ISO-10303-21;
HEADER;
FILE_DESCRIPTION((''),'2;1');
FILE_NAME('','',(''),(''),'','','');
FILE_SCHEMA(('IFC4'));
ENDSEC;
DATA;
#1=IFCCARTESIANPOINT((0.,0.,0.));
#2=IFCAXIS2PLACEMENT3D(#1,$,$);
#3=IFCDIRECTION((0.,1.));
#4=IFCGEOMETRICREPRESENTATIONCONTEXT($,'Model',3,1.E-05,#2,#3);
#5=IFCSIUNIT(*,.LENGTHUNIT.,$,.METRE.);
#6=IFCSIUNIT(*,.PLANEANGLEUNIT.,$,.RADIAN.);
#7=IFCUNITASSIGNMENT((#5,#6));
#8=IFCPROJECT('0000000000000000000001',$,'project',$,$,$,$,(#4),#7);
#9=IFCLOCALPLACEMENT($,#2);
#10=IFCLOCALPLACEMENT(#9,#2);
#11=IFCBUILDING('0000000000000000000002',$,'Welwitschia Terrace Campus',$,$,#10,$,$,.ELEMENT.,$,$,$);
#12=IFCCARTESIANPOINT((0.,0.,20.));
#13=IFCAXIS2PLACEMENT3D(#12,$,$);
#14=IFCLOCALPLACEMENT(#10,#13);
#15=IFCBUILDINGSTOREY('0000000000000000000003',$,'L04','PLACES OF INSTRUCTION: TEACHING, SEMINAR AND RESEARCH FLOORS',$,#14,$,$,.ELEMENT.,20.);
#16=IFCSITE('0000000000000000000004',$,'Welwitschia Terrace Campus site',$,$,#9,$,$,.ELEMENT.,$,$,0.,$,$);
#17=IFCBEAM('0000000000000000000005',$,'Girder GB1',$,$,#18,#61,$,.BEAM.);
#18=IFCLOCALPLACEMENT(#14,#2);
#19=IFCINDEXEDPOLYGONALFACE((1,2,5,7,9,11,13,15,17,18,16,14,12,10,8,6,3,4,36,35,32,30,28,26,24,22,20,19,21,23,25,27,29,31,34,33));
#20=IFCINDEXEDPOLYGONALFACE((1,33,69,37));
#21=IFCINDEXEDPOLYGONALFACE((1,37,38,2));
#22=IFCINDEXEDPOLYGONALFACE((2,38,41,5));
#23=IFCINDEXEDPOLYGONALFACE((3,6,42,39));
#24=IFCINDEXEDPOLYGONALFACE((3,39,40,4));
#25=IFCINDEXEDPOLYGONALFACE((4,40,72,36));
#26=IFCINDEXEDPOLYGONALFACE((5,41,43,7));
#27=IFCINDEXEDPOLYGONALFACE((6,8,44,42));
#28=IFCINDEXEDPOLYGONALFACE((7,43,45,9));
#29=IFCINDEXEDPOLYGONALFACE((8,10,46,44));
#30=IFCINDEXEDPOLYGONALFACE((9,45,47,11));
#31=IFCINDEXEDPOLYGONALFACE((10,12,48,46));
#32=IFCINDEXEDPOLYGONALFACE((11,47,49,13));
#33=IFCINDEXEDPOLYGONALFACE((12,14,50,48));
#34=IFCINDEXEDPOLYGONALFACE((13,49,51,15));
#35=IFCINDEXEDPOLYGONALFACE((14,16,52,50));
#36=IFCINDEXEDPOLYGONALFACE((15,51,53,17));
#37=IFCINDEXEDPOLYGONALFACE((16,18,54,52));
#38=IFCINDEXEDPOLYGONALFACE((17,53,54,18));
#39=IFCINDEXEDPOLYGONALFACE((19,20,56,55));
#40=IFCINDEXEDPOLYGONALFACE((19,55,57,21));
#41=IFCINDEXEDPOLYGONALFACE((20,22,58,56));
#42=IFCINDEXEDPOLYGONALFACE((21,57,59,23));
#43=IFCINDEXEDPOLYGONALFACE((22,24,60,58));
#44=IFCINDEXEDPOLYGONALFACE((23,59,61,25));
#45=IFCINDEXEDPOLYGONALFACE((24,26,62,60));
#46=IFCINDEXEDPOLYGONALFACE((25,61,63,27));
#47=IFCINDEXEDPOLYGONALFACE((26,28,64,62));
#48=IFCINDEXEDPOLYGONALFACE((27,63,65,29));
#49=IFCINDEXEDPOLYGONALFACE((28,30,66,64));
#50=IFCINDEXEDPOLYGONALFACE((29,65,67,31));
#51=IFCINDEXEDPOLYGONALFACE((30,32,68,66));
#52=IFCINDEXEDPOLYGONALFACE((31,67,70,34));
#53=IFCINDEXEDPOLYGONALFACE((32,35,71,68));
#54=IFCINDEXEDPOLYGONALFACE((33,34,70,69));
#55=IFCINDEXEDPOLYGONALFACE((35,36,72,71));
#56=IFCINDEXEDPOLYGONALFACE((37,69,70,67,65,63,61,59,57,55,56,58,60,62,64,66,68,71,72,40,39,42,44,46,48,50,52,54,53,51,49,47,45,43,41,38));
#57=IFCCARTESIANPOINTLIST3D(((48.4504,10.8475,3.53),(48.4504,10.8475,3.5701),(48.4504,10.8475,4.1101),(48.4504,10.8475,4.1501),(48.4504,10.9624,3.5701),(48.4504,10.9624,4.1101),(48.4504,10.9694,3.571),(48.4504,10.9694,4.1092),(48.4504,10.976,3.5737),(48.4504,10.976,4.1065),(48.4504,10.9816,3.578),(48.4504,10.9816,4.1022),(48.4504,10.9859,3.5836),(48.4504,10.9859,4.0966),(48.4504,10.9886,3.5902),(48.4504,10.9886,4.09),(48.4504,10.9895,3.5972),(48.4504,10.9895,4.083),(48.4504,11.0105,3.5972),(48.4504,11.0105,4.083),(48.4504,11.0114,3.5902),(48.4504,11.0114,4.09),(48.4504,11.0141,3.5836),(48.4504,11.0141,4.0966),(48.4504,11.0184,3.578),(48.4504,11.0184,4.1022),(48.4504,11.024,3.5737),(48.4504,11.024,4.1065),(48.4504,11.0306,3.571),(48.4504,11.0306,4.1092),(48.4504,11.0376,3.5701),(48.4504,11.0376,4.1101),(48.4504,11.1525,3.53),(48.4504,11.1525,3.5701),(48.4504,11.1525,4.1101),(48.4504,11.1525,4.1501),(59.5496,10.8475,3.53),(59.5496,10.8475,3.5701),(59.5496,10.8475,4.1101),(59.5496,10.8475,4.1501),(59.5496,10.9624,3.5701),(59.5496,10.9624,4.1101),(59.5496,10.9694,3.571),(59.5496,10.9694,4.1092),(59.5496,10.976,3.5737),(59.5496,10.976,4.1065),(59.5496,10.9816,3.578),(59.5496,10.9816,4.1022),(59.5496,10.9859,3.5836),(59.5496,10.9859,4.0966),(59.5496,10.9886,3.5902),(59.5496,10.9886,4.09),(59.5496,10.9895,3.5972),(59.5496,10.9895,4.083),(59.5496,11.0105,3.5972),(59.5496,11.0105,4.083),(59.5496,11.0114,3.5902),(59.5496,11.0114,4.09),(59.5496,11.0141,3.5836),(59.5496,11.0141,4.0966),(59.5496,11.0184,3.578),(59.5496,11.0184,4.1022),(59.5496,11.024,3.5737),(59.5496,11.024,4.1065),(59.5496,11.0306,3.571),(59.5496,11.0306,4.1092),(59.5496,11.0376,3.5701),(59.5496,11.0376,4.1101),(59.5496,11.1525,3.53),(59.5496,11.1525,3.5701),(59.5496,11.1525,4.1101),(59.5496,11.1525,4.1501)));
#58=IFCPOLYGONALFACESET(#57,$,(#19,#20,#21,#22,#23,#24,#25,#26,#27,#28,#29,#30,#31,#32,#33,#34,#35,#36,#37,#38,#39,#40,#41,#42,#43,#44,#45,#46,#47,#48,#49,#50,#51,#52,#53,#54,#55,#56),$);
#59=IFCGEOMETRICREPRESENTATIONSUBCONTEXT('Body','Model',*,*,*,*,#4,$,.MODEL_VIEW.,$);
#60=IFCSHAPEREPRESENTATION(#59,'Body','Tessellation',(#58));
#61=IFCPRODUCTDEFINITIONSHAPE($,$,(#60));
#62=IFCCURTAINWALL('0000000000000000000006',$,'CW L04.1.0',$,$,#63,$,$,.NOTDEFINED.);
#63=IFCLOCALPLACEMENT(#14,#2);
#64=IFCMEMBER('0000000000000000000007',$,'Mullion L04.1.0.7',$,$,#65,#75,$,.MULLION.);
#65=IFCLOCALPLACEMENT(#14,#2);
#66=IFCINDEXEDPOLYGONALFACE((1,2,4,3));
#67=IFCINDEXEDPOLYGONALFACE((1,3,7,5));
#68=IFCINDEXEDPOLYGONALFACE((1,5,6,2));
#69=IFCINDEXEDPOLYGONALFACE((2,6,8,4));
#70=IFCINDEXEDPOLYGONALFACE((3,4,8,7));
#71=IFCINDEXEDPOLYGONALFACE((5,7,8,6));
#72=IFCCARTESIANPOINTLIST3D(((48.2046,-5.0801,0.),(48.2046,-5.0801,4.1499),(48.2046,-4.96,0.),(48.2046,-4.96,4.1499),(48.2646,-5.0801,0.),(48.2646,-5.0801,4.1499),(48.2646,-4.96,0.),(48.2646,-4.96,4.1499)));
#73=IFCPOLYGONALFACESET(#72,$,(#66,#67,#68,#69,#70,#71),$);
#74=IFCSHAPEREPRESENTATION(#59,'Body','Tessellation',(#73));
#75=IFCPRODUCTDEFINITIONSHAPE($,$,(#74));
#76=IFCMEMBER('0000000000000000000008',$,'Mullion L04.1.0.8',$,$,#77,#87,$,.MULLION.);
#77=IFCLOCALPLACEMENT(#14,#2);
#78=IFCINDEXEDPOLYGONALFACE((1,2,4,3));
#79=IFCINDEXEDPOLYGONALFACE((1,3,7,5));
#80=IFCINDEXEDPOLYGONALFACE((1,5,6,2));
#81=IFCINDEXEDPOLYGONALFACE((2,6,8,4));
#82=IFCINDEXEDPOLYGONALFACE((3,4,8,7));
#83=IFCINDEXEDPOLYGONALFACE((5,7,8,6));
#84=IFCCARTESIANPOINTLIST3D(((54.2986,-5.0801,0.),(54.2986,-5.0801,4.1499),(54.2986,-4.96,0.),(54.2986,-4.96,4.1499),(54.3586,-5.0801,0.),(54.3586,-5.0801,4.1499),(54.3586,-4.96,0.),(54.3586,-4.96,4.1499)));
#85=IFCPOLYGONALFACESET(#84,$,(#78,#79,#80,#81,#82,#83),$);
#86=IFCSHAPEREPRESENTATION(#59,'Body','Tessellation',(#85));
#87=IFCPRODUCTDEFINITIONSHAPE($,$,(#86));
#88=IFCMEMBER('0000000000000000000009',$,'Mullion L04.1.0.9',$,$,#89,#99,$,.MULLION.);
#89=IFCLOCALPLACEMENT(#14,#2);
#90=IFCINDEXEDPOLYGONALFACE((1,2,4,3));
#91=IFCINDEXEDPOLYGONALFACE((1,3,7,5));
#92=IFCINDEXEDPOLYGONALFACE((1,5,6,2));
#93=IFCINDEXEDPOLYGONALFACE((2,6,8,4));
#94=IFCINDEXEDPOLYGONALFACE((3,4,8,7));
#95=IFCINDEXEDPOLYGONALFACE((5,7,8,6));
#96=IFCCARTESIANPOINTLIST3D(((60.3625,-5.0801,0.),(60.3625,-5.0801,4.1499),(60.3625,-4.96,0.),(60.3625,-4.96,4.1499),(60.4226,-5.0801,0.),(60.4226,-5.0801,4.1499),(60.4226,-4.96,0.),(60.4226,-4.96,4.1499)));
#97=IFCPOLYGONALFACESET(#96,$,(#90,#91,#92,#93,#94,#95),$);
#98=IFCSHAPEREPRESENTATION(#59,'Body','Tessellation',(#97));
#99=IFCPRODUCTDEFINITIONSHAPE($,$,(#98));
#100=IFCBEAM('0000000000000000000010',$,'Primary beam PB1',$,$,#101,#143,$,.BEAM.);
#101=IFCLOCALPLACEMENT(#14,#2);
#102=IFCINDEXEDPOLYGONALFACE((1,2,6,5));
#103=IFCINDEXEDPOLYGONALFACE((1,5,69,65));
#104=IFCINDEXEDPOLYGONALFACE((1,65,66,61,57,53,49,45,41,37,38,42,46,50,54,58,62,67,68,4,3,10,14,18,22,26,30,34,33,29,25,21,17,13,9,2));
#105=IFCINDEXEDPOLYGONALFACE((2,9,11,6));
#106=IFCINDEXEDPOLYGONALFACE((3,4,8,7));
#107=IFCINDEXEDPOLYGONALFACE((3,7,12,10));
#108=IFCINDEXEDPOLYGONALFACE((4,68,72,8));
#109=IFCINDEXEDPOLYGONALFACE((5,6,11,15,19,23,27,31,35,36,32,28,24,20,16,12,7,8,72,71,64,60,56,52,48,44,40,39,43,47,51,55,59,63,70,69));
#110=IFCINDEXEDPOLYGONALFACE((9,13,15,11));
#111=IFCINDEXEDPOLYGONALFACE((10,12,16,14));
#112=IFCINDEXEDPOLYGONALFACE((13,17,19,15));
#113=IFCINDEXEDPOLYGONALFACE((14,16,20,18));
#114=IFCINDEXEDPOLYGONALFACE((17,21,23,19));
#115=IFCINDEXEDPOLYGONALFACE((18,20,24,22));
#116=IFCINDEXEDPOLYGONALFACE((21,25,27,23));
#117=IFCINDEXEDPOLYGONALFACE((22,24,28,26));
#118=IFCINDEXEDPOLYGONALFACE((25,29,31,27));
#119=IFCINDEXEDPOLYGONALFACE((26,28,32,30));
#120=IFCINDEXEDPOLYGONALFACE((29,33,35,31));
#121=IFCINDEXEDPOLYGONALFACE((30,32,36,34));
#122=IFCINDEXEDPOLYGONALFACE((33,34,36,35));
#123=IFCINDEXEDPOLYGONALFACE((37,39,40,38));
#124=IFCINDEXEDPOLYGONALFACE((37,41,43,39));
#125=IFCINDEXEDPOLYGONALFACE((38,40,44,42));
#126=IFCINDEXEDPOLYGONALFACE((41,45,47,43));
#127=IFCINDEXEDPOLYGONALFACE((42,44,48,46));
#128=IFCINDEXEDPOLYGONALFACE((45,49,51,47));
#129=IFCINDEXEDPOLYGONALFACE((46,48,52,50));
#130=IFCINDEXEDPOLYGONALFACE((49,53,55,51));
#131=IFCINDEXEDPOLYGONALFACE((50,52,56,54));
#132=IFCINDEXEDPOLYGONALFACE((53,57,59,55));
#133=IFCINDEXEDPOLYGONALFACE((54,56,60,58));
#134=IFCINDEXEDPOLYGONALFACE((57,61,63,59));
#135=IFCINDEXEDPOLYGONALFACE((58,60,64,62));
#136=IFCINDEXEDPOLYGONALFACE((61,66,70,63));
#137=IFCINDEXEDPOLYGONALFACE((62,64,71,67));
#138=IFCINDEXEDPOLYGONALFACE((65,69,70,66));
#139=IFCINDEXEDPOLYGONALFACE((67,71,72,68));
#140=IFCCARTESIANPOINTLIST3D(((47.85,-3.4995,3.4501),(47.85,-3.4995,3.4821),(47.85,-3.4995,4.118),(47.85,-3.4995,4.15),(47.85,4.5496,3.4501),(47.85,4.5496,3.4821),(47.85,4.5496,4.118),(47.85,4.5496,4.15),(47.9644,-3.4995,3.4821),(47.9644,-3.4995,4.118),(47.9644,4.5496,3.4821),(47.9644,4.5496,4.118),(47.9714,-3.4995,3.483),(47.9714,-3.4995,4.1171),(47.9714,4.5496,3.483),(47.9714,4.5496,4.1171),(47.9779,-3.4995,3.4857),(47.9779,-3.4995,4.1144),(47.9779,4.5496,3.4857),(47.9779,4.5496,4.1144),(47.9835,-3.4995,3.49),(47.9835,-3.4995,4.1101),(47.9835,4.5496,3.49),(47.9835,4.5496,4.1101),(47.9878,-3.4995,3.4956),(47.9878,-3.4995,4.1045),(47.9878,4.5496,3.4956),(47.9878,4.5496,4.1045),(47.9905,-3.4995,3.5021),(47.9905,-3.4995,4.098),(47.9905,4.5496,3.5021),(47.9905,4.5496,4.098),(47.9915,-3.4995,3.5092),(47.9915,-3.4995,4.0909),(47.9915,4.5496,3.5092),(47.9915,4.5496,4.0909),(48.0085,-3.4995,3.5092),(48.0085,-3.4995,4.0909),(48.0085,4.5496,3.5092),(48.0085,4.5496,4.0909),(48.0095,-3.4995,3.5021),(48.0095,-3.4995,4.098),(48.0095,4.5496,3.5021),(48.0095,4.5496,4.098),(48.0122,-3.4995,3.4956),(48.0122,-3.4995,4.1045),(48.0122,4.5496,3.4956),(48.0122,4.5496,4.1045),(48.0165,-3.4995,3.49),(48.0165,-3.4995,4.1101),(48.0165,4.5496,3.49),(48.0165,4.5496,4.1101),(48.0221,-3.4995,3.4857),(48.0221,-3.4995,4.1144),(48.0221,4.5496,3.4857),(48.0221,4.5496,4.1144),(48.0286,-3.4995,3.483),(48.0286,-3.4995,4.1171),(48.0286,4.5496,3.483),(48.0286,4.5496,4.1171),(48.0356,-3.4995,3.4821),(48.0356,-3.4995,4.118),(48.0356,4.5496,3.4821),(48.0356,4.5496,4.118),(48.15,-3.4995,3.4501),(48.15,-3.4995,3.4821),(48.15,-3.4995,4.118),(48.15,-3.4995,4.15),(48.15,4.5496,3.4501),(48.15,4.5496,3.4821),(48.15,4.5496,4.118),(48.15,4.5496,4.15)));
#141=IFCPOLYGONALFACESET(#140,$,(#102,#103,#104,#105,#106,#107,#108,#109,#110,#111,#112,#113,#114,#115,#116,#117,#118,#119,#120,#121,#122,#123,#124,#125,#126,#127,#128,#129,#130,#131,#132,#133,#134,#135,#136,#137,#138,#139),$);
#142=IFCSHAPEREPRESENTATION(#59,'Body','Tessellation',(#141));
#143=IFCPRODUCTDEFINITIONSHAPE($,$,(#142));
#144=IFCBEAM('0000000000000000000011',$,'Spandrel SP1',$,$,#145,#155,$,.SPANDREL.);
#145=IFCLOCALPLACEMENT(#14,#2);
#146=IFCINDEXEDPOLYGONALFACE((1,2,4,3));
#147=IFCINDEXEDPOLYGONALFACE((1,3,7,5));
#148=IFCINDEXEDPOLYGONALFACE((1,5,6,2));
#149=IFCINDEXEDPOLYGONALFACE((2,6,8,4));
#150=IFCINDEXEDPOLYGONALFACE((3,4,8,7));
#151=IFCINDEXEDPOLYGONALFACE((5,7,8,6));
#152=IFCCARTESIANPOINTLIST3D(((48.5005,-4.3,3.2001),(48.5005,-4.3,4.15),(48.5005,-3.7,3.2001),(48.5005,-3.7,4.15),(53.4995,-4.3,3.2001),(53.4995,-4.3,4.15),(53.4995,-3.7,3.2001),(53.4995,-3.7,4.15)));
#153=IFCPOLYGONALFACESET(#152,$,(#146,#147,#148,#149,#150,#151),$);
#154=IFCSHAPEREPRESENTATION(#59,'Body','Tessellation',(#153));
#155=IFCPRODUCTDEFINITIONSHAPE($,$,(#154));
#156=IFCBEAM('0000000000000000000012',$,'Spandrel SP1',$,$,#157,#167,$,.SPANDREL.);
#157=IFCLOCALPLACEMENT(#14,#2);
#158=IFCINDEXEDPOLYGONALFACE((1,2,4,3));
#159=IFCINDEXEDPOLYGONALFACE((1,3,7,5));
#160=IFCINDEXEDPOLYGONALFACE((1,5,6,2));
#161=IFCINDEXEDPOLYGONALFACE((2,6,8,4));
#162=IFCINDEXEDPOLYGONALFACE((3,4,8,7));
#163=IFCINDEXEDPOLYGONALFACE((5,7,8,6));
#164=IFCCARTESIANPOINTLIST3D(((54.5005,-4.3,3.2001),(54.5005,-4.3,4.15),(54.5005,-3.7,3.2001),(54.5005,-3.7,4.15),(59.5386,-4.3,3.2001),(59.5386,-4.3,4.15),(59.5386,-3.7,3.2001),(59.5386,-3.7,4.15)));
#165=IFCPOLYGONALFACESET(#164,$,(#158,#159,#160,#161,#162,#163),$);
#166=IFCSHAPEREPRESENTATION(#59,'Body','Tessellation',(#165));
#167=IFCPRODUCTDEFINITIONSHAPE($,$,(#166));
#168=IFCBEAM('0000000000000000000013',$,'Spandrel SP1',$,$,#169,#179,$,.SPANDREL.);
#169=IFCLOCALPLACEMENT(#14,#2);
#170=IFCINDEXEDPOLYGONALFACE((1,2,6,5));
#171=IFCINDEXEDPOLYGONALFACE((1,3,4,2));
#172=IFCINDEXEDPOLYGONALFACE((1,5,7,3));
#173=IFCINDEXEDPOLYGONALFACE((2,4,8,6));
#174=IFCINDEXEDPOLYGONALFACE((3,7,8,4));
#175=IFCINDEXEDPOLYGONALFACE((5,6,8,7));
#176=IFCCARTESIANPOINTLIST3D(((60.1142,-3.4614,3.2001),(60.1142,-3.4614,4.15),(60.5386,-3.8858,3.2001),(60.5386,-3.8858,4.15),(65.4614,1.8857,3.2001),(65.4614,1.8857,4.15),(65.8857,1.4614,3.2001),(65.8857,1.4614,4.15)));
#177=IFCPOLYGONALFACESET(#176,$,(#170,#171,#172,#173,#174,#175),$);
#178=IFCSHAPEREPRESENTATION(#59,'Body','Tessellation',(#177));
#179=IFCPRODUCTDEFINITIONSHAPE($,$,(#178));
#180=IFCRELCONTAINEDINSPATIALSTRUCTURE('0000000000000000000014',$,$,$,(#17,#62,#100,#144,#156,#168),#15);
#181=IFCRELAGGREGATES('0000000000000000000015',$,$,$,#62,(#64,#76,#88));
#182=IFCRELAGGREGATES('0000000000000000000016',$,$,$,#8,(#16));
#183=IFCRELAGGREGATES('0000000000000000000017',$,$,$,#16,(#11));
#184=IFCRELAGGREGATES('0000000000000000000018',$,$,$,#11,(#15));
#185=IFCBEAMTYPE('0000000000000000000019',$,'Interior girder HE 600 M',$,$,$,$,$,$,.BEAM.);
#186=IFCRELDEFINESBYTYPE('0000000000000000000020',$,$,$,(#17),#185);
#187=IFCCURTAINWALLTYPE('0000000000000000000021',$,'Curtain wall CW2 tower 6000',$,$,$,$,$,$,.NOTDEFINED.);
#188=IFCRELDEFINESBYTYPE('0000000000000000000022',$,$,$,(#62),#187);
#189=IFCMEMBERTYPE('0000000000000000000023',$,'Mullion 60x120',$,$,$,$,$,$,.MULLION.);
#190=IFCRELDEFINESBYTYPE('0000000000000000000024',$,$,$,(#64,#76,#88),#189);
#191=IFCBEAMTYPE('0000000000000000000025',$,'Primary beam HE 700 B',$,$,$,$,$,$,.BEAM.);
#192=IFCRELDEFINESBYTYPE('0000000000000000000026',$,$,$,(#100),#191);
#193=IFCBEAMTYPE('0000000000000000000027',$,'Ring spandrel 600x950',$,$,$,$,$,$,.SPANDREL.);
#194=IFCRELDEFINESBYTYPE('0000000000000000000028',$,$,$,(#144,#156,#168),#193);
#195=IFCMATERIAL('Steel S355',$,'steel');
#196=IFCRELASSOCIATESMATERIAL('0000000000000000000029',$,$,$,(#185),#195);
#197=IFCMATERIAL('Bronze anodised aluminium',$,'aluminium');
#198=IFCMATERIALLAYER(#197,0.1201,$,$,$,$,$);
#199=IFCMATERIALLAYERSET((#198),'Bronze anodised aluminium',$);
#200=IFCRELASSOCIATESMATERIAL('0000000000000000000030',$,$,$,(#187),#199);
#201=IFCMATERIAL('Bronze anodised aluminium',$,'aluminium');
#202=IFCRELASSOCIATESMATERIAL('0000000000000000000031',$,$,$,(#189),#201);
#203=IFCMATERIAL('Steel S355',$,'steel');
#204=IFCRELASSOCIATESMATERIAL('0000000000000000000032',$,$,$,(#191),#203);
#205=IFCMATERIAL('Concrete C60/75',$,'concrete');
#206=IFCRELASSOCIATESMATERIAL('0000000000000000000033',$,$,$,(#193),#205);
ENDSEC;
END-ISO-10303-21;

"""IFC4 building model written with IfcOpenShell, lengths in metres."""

from ifc_helpers import new_model, si_unit, direction, frame, origin, origin_2d, place, context, subcontext, project, spatial, rectangle, i_section, extrude, material, layer, layer_set, material_profile, profile_set, type_object, element, aggregate, save


model = new_model("IFC4")

# Units and contexts
model_context = context("Model", 3, precision=1e-05, world=origin(), true_north=direction((0.0, 1.0)))
body_context = subcontext(model_context, "Body", "Model", "MODEL_VIEW")
ifc_project = project(units=[si_unit("LENGTHUNIT", "METRE"), si_unit("PLANEANGLEUNIT", "RADIAN")], contexts=[model_context])

# Site, building, storey
site_placement = place(None, origin())
site = spatial("IfcSite", under=ifc_project, at=site_placement, Name="Welwitschia Terrace Campus site", CompositionType="ELEMENT", RefElevation=0.0)
building_placement = place(site_placement, origin())
building = spatial("IfcBuilding", under=site, at=building_placement, Name="Welwitschia Terrace Campus", CompositionType="ELEMENT")
storey_placement = place(building_placement, frame((0.0, 0.0, 20.0)))
storey = spatial("IfcBuildingStorey", under=building, at=storey_placement, Name="L04", Description="PLACES OF INSTRUCTION: TEACHING, SEMINAR AND RESEARCH FLOORS", CompositionType="ELEMENT", Elevation=20.0)

# Beam
ifc_material_1 = material(Name="Steel S355", Category="steel")
ifc_material_profile_1 = material_profile(ifc_material_1, i_section(OverallWidth=0.3049, OverallDepth=0.6201, WebThickness=0.021, FlangeThickness=0.04, FilletRadius=0.0271, at=origin_2d()))
ifc_profile_set_1 = profile_set([ifc_material_profile_1], Name="Steel S355")
beam_type_1 = type_object("IfcBeamType", Name="Interior girder HE 600 M", PredefinedType="BEAM", material=ifc_profile_set_1)
for number, where, z_axis, x_axis, name in (
    (1, (48.4504, 11.0, 3.8401), (1.0, 0.0, 0.0), (0.0, 1.0, 0.0), "Girder GB1"),
):
    element("IfcBeam", number, at=place(storey_placement, frame(where, z_axis=z_axis, x_axis=x_axis)), inside=storey, type_object=beam_type_1, Name=name, PredefinedType="BEAM", context=body_context, shape_type="SweptSolid", body=[
        extrude(i_section(OverallWidth=0.3049, OverallDepth=0.6201, WebThickness=0.021, FlangeThickness=0.04, FilletRadius=0.0271, at=origin_2d()), origin(), (0.0, 0.0, 1.0), 11.0991),
    ])

# Curtain wall, members
ifc_material_2 = material(Name="Bronze anodised aluminium", Category="aluminium")
ifc_layer_1 = layer(ifc_material_2, 0.1201)
ifc_layer_set_1 = layer_set([ifc_layer_1], Name="Bronze anodised aluminium")
curtain_wall_type = type_object("IfcCurtainWallType", Name="Curtain wall CW2 tower 6000", PredefinedType="NOTDEFINED", material=ifc_layer_set_1)
curtain_wall_1_placement = place(storey_placement, origin())
curtain_wall_1 = element("IfcCurtainWall", 2, at=curtain_wall_1_placement, inside=storey, type_object=curtain_wall_type, Name="CW L04.1.0", PredefinedType="NOTDEFINED")
ifc_material_3 = material(Name="Bronze anodised aluminium", Category="aluminium")
ifc_material_profile_2 = material_profile(ifc_material_3, rectangle(XDim=0.1201, YDim=0.0601, at=origin_2d()))
ifc_profile_set_2 = profile_set([ifc_material_profile_2], Name="Bronze anodised aluminium")
member_type_1 = type_object("IfcMemberType", Name="Mullion 60x120", PredefinedType="MULLION", material=ifc_profile_set_2)
member_1_placement = place(storey_placement, frame((48.2346, -5.02, 0.0), z_axis=(0.0, 0.0, 1.0), x_axis=(0.0, 1.0, 0.0)))
member_1 = element("IfcMember", 3, at=member_1_placement, type_object=member_type_1, Name="Mullion L04.1.0.7", PredefinedType="MULLION", context=body_context, shape_type="SweptSolid", body=[
    extrude(rectangle(XDim=0.1201, YDim=0.0601, at=origin_2d()), origin(), (0.0, 0.0, 1.0), 4.1499),
])
member_2_placement = place(storey_placement, frame((54.3286, -5.02, 0.0), z_axis=(0.0, 0.0, 1.0), x_axis=(0.0, 1.0, 0.0)))
member_2 = element("IfcMember", 4, at=member_2_placement, type_object=member_type_1, Name="Mullion L04.1.0.8", PredefinedType="MULLION", context=body_context, shape_type="SweptSolid", body=[
    extrude(rectangle(XDim=0.1201, YDim=0.0601, at=origin_2d()), origin(), (0.0, 0.0, 1.0), 4.1499),
])
member_3_placement = place(storey_placement, frame((60.3926, -5.02, 0.0), z_axis=(0.0, 0.0, 1.0), x_axis=(0.0, 1.0, 0.0)))
member_3 = element("IfcMember", 5, at=member_3_placement, type_object=member_type_1, Name="Mullion L04.1.0.9", PredefinedType="MULLION", context=body_context, shape_type="SweptSolid", body=[
    extrude(rectangle(XDim=0.1201, YDim=0.0601, at=origin_2d()), origin(), (0.0, 0.0, 1.0), 4.1499),
])

# Beams
ifc_material_4 = material(Name="Steel S355", Category="steel")
ifc_material_profile_3 = material_profile(ifc_material_4, i_section(OverallWidth=0.3, OverallDepth=0.7, WebThickness=0.0171, FlangeThickness=0.032, FilletRadius=0.0271, at=origin_2d()))
ifc_profile_set_3 = profile_set([ifc_material_profile_3], Name="Steel S355")
beam_type_2 = type_object("IfcBeamType", Name="Primary beam HE 700 B", PredefinedType="BEAM", material=ifc_profile_set_3)
beam_1_placement = place(storey_placement, frame((48.0, -3.4995, 3.8), z_axis=(0.0, 1.0, 0.0), x_axis=(-1.0, 0.0, 0.0)))
element("IfcBeam", 6, at=beam_1_placement, inside=storey, type_object=beam_type_2, Name="Primary beam PB1", PredefinedType="BEAM", context=body_context, shape_type="SweptSolid", body=[
    extrude(i_section(OverallWidth=0.3, OverallDepth=0.7, WebThickness=0.0171, FlangeThickness=0.032, FilletRadius=0.0271, at=origin_2d()), origin(), (0.0, 0.0, 1.0), 8.0491),
])
ifc_material_5 = material(Name="Concrete C60/75", Category="concrete")
ifc_material_profile_4 = material_profile(ifc_material_5, rectangle(XDim=0.6001, YDim=0.95, at=origin_2d()))
ifc_profile_set_4 = profile_set([ifc_material_profile_4], Name="Concrete C60/75")
beam_type_3 = type_object("IfcBeamType", Name="Ring spandrel 600x950", PredefinedType="SPANDREL", material=ifc_profile_set_4)
beam_2_placement = place(storey_placement, frame((48.5005, -4.0, 3.675), z_axis=(1.0, 0.0, 0.0), x_axis=(0.0, 1.0, 0.0)))
element("IfcBeam", 7, at=beam_2_placement, inside=storey, type_object=beam_type_3, Name="Spandrel SP1", PredefinedType="SPANDREL", context=body_context, shape_type="SweptSolid", body=[
    extrude(rectangle(XDim=0.6001, YDim=0.95, at=origin_2d()), origin(), (0.0, 0.0, 1.0), 4.999),
])
beam_3_placement = place(storey_placement, frame((54.5005, -4.0, 3.675), z_axis=(1.0, 0.0, 0.0), x_axis=(0.0, 1.0, 0.0)))
element("IfcBeam", 8, at=beam_3_placement, inside=storey, type_object=beam_type_3, Name="Spandrel SP1", PredefinedType="SPANDREL", context=body_context, shape_type="SweptSolid", body=[
    extrude(rectangle(XDim=0.6001, YDim=0.95, at=origin_2d()), origin(), (0.0, 0.0, 1.0), 5.0381),
])
beam_4_placement = place(storey_placement, frame((60.3264, -3.6736, 3.675), z_axis=(0.707107, 0.707107, 0.0), x_axis=(-0.707107, 0.707107, 0.0)))
element("IfcBeam", 9, at=beam_4_placement, inside=storey, type_object=beam_type_3, Name="Spandrel SP1", PredefinedType="SPANDREL", context=body_context, shape_type="SweptSolid", body=[
    extrude(rectangle(XDim=0.6001, YDim=0.95, at=origin_2d()), origin(), (0.0, 0.0, 1.0), 7.562),
])

aggregate(curtain_wall_1, [member_1, member_2, member_3])

save(model, "model.ifc")
